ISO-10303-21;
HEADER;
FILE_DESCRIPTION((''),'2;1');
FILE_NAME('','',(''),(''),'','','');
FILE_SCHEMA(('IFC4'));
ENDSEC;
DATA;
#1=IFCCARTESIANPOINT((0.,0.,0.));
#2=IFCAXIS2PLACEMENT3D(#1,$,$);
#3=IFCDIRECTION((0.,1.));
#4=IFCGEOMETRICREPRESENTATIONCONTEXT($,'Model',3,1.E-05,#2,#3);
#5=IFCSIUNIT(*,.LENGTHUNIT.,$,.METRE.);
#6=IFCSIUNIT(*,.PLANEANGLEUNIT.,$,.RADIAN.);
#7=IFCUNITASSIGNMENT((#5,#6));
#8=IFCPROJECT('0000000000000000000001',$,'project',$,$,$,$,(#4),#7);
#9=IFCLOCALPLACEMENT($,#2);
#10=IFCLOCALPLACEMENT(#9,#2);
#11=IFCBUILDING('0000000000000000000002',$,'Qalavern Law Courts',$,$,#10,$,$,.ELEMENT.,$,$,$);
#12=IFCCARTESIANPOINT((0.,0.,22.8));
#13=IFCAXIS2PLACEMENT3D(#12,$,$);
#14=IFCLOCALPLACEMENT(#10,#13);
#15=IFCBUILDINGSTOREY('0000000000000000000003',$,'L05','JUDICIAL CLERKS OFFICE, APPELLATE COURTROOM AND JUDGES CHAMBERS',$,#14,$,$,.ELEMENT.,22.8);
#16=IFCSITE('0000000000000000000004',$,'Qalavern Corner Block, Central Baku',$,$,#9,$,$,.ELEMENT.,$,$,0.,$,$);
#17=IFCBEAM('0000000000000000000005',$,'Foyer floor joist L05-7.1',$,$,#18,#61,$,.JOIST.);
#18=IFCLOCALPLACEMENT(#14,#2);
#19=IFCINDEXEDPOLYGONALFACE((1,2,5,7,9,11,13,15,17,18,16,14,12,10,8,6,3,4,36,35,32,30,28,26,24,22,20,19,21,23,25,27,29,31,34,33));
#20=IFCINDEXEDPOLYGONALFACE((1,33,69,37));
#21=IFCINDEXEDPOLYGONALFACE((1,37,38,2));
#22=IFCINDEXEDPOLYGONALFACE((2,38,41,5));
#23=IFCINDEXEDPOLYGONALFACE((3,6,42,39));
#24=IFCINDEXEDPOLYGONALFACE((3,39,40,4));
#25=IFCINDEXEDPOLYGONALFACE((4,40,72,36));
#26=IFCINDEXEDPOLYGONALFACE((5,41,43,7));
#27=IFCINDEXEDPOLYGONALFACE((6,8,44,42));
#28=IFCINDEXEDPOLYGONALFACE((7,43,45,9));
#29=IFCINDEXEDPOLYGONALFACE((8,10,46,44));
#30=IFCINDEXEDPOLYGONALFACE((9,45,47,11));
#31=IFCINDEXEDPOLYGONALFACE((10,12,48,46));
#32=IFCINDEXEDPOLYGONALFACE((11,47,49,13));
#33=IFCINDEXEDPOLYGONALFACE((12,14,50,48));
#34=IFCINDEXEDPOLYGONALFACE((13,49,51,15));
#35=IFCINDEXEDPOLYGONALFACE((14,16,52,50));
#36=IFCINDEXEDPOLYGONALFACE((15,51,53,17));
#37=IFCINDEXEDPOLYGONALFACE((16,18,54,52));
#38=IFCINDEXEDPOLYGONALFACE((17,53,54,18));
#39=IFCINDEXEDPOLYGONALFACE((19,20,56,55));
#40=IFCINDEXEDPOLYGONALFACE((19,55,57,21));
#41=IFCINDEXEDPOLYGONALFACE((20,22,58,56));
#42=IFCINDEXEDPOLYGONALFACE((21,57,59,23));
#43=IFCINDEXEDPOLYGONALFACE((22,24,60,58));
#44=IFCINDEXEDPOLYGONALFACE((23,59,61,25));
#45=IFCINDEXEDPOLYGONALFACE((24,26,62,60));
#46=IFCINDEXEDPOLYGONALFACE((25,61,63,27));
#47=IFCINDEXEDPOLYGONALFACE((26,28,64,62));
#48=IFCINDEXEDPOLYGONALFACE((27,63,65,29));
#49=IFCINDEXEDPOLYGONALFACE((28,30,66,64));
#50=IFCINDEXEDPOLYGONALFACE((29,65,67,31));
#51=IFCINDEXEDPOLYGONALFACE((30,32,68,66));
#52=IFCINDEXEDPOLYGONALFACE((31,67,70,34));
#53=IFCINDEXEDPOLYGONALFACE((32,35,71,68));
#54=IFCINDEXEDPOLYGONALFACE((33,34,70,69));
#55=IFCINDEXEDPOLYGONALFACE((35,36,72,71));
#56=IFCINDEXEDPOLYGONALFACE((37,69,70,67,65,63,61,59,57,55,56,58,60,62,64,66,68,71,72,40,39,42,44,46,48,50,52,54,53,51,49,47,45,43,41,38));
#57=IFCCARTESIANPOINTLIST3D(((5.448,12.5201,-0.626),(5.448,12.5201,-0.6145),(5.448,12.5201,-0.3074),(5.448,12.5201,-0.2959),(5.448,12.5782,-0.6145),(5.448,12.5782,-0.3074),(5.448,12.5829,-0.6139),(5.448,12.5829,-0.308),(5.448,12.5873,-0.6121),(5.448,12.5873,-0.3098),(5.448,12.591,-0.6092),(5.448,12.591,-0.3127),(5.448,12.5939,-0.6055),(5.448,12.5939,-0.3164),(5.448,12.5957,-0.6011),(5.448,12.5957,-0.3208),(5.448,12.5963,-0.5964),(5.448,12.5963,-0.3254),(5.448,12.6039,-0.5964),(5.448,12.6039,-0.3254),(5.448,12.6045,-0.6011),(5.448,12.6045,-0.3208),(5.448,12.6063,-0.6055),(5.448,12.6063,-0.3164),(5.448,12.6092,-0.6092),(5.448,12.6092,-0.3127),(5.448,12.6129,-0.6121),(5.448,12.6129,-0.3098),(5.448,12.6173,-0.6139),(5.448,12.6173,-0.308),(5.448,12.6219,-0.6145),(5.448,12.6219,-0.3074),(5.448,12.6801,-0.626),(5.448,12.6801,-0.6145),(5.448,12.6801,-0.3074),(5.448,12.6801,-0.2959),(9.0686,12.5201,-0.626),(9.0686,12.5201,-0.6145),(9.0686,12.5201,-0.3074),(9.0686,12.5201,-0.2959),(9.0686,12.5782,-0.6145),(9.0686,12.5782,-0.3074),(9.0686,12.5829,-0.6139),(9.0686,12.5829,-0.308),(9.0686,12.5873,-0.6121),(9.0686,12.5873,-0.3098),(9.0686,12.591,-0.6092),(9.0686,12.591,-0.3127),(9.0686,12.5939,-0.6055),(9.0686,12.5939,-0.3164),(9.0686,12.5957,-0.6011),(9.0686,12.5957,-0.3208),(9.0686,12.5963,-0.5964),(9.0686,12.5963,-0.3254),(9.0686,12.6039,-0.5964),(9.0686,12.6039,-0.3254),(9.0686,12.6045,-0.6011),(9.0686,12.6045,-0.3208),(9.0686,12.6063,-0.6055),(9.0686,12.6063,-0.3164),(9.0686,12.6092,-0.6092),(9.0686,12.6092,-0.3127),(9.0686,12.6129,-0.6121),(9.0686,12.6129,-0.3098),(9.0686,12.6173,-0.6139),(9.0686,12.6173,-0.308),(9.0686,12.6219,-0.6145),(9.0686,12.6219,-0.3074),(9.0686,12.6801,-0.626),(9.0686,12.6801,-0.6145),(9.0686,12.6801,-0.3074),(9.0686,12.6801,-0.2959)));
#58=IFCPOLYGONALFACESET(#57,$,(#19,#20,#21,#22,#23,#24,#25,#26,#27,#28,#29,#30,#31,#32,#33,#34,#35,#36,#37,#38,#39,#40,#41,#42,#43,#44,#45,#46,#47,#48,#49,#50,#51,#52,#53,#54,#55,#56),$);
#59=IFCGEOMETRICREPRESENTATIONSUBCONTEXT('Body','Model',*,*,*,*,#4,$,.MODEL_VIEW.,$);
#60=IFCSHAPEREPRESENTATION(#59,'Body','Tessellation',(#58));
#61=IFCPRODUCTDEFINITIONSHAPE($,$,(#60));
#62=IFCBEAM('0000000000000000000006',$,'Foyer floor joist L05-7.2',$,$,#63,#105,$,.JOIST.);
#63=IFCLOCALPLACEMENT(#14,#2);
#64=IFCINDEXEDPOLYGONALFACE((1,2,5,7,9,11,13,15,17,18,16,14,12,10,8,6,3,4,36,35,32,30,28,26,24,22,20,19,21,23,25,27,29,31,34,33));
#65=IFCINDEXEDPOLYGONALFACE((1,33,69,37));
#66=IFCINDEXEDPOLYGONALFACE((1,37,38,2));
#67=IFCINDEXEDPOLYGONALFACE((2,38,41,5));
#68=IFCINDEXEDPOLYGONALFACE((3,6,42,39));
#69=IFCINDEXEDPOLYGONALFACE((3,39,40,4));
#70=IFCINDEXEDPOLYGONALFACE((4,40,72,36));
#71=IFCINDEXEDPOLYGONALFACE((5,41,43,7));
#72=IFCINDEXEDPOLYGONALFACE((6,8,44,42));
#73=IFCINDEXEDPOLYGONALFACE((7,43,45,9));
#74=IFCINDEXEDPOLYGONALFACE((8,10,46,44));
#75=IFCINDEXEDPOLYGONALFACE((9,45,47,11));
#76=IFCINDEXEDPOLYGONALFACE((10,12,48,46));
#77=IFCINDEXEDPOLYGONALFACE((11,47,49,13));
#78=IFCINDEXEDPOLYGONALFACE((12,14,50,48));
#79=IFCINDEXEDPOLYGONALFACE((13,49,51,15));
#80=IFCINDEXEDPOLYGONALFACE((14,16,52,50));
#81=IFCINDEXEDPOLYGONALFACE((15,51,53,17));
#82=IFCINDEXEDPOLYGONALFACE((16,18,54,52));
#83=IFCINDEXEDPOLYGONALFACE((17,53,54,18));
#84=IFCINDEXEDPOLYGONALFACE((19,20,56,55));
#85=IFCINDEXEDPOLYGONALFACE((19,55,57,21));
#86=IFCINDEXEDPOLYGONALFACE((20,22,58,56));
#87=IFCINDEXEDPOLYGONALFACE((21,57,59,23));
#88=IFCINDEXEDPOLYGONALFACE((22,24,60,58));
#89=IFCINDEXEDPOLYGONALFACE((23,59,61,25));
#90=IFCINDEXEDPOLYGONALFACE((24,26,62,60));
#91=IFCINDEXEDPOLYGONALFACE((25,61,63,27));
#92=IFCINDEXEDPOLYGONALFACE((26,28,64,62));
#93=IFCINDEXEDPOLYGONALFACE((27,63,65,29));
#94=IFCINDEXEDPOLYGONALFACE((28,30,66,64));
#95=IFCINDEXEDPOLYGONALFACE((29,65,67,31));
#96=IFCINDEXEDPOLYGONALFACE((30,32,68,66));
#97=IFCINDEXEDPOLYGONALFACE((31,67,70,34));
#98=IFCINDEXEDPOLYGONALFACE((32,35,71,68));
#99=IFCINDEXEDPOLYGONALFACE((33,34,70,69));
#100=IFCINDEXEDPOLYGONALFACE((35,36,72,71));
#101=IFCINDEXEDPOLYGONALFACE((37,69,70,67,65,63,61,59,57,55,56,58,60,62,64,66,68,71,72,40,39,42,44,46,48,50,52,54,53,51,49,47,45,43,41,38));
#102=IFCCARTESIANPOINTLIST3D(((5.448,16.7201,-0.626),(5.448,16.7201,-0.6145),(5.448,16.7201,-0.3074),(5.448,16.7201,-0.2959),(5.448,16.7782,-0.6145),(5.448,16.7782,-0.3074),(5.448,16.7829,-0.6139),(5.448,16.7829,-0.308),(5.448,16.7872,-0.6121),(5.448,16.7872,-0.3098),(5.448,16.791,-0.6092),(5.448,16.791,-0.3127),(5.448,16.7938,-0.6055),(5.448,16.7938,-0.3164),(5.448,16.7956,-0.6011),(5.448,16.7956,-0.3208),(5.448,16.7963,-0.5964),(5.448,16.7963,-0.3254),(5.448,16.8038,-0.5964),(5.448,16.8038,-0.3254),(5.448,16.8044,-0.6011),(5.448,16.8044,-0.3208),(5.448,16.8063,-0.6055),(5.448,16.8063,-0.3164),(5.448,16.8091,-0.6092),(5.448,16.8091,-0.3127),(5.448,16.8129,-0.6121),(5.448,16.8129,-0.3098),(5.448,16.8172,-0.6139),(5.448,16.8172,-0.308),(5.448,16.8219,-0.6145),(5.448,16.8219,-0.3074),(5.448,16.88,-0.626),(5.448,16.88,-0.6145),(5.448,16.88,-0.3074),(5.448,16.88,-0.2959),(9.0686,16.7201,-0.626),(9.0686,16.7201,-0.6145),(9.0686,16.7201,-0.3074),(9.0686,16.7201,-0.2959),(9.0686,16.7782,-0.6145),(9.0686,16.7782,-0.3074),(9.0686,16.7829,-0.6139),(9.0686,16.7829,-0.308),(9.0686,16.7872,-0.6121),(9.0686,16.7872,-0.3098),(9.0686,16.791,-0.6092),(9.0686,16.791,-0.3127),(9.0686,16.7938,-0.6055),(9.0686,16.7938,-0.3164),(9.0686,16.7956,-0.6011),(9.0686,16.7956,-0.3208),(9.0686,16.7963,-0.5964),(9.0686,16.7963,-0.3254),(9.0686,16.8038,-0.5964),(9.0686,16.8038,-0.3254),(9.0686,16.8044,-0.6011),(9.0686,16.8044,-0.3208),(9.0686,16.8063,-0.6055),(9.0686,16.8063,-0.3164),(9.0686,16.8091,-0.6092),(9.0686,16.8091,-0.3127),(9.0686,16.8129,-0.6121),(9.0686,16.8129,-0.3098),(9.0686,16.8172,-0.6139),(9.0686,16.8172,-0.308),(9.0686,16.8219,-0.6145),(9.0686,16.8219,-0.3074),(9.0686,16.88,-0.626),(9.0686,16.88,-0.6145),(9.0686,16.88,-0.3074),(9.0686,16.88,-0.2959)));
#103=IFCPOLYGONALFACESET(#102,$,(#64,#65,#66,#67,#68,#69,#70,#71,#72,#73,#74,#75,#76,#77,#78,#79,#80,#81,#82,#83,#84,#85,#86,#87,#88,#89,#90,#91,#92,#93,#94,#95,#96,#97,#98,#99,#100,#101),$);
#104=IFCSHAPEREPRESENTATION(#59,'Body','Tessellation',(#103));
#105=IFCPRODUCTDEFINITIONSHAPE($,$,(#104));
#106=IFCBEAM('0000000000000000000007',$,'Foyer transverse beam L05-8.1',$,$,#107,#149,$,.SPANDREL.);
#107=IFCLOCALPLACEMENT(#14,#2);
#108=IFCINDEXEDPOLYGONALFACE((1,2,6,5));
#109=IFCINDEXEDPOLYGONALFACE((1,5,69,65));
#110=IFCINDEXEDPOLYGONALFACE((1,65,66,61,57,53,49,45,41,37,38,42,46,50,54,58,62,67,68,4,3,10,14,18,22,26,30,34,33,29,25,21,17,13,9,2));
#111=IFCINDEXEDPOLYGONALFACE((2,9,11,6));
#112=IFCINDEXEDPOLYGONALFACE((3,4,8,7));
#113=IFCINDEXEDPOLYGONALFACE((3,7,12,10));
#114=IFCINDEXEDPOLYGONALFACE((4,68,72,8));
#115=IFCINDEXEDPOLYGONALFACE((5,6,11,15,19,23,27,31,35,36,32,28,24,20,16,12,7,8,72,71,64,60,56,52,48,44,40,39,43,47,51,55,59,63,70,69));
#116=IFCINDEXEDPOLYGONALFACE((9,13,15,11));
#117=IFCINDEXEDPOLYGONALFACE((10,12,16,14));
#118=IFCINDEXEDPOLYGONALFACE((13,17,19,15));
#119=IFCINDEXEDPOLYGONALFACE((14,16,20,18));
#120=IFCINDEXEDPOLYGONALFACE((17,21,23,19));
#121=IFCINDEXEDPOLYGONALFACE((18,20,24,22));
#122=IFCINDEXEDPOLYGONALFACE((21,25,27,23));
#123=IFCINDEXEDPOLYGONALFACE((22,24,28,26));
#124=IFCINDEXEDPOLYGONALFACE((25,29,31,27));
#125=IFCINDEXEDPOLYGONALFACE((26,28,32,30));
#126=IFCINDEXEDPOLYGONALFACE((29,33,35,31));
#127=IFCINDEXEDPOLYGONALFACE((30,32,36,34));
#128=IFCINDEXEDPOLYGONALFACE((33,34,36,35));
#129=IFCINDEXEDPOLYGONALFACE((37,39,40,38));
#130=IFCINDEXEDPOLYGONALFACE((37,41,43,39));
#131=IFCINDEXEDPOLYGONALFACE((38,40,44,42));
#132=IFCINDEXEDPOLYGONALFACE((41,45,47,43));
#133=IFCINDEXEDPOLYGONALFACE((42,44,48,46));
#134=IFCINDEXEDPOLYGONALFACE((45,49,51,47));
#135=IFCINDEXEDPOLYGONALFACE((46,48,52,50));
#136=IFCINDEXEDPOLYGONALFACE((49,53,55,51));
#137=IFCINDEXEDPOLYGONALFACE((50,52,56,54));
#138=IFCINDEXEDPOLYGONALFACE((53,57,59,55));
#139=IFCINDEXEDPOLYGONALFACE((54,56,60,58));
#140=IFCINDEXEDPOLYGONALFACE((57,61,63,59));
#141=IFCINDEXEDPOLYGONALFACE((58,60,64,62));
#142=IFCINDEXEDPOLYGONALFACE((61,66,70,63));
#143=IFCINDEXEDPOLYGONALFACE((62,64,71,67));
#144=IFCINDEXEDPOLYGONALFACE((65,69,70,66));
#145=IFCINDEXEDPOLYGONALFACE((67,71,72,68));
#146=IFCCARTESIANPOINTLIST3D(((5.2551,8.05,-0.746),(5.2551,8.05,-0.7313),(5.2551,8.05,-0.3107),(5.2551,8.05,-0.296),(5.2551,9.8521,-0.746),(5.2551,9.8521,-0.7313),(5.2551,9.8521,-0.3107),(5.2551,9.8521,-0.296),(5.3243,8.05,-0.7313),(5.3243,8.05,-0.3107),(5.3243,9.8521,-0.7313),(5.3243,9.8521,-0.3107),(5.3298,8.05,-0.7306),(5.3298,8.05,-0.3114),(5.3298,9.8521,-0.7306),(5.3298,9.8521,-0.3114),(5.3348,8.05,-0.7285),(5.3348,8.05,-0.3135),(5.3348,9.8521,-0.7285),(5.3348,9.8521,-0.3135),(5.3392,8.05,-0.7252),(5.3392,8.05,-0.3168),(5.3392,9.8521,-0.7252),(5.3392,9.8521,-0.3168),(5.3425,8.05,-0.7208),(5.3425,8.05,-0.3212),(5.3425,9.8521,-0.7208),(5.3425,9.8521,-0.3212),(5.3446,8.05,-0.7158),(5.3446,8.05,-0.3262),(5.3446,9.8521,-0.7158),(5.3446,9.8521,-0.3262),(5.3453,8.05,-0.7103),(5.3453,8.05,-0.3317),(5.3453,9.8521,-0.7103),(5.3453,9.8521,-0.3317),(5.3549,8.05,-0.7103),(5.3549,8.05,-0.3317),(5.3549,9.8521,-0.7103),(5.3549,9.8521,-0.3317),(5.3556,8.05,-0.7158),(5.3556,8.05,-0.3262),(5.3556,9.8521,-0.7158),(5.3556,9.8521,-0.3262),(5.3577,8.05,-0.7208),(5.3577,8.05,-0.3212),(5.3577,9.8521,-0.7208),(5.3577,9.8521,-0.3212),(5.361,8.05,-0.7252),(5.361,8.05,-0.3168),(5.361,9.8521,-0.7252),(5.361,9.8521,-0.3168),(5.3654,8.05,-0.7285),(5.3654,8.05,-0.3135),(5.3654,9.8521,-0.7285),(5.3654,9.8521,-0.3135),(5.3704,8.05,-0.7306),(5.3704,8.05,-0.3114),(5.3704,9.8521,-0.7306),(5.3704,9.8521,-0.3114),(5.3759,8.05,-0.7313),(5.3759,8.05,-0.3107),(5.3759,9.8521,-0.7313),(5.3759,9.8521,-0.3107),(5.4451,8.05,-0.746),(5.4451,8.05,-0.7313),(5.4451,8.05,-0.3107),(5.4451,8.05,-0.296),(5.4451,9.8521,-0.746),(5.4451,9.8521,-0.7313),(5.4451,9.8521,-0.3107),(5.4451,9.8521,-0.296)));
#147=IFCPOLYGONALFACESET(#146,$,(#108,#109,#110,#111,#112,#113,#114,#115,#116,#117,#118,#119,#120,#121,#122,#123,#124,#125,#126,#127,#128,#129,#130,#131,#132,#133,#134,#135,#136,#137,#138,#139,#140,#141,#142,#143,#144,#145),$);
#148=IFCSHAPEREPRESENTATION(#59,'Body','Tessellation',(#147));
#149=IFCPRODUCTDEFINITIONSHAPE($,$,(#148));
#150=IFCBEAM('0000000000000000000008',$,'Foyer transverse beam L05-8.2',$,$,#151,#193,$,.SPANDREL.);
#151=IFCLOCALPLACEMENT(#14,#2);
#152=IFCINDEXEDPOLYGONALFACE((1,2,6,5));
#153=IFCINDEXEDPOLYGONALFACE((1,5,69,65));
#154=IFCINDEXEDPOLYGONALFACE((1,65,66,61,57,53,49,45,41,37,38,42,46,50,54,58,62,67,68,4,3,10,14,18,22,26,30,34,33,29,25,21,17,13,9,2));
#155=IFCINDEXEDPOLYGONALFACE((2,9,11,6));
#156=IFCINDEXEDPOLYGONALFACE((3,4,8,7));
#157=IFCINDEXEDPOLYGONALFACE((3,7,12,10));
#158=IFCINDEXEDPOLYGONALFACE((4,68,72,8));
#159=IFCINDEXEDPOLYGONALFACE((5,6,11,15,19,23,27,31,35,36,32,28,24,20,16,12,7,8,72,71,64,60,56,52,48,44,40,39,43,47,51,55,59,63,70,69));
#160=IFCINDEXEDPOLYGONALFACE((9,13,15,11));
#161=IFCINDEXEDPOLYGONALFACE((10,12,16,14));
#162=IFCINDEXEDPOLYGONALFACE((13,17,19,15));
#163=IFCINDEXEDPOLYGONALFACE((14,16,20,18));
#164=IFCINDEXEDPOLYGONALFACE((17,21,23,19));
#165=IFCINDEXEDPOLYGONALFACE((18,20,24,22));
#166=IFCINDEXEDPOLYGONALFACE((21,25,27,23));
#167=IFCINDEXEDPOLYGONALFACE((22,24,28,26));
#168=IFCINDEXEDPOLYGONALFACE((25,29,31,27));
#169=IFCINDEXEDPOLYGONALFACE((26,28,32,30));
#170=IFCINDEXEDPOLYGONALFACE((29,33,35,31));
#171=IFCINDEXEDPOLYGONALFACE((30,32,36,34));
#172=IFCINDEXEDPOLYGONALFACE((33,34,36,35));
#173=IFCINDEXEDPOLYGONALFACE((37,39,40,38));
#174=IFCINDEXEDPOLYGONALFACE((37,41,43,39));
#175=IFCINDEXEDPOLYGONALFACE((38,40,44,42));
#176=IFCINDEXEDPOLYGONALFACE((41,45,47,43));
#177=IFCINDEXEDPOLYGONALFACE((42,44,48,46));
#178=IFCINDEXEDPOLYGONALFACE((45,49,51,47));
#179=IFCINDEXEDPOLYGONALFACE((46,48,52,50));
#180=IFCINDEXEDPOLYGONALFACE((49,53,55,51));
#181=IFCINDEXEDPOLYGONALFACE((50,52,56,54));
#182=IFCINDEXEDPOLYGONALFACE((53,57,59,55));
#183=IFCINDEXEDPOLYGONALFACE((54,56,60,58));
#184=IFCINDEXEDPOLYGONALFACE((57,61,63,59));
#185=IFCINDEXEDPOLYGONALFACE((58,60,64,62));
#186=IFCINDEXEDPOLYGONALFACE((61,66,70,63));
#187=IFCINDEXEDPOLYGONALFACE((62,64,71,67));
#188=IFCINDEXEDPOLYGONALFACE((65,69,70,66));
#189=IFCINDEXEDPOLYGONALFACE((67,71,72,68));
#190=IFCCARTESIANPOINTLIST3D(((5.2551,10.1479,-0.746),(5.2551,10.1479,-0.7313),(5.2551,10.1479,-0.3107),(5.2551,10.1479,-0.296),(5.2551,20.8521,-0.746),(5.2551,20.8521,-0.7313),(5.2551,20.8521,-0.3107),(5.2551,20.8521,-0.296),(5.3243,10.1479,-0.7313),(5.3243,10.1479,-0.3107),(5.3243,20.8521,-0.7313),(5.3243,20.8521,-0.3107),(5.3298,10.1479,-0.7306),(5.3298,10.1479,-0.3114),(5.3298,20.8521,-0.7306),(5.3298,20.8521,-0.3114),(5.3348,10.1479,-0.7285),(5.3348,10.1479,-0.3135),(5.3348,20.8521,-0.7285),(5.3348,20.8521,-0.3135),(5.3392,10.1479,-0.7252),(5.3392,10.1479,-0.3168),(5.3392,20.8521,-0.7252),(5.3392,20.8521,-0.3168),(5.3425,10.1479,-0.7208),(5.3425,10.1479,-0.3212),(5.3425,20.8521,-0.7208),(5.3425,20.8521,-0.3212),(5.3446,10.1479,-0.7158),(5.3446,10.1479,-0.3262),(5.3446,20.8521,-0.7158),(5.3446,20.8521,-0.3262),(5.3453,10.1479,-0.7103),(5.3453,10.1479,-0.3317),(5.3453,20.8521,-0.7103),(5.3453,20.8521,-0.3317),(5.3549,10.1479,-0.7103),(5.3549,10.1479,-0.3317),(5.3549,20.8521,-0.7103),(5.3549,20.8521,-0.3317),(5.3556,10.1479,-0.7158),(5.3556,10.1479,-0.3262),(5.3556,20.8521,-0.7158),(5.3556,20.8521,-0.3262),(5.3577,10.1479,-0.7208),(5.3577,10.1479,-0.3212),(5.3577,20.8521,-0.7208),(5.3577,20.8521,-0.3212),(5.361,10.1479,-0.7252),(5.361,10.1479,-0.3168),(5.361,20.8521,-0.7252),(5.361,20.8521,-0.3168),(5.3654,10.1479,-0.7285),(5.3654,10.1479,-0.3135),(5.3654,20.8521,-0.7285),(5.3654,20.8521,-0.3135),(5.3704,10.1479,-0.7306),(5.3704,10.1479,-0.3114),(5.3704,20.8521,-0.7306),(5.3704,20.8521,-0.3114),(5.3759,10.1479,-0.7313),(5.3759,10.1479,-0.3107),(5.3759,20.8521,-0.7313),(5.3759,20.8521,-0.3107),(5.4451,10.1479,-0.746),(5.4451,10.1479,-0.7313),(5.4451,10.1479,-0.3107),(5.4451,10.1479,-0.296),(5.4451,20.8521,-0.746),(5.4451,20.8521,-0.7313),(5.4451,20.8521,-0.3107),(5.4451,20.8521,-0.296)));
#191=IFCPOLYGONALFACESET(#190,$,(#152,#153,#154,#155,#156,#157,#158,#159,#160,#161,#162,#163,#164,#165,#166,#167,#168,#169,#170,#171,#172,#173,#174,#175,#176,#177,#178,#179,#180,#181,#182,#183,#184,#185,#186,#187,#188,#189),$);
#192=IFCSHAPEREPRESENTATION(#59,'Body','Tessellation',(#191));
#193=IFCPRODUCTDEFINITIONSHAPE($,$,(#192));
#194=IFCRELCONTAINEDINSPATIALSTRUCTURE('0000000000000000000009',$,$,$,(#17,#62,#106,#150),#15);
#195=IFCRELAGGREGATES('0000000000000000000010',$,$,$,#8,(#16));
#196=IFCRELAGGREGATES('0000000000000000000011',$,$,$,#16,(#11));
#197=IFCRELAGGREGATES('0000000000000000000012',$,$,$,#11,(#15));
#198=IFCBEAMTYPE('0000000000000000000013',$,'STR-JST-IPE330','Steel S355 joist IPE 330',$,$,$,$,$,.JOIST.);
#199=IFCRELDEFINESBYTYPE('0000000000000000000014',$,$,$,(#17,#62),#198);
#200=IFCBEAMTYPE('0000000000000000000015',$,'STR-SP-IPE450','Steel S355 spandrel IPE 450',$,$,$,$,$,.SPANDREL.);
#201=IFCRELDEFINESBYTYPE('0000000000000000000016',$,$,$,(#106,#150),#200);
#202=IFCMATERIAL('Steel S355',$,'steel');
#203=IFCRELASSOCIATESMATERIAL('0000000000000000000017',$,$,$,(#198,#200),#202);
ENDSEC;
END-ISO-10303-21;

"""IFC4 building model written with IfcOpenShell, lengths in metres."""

from ifc_helpers import new_model, si_unit, direction, frame, origin, origin_2d, place, context, subcontext, project, spatial, i_section, extrude, material, material_profile, profile_set, type_object, element, save


model = new_model("IFC4")

# Units and contexts
model_context = context("Model", 3, precision=1e-05, world=origin(), true_north=direction((0.0, 1.0)))
body_context = subcontext(model_context, "Body", "Model", "MODEL_VIEW")
ifc_project = project(units=[si_unit("LENGTHUNIT", "METRE"), si_unit("PLANEANGLEUNIT", "RADIAN")], contexts=[model_context])

# Site, building, storey
site_placement = place(None, origin())
site = spatial("IfcSite", under=ifc_project, at=site_placement, Name="Qalavern Corner Block, Central Baku", CompositionType="ELEMENT", RefElevation=0.0)
building_placement = place(site_placement, origin())
building = spatial("IfcBuilding", under=site, at=building_placement, Name="Qalavern Law Courts", CompositionType="ELEMENT")
storey_placement = place(building_placement, frame((0.0, 0.0, 22.8)))
storey = spatial("IfcBuildingStorey", under=building, at=storey_placement, Name="L05", Description="JUDICIAL CLERKS OFFICE, APPELLATE COURTROOM AND JUDGES CHAMBERS", CompositionType="ELEMENT", Elevation=22.8)

# Beams
ifc_material_1 = material(Name="Steel S355", Category="steel")
ifc_material_profile_1 = material_profile(ifc_material_1, i_section(OverallWidth=0.1599, OverallDepth=0.3301, WebThickness=0.0076, FlangeThickness=0.0115, FilletRadius=0.0181, at=origin_2d()), Name="IPE 330")
ifc_profile_set_1 = profile_set([ifc_material_profile_1], Name="Steel S355")
beam_type_1 = type_object("IfcBeamType", Name="STR-JST-IPE330", Description="Steel S355 joist IPE 330", PredefinedType="JOIST", material=ifc_profile_set_1)
for number, where, z_axis, x_axis, name in (
    (1, (5.448, 12.6001, -0.4609), (1.0, 0.0, 0.0), (0.0, 1.0, 0.0), "Foyer floor joist L05-7.1"),
    (2, (5.448, 16.8, -0.4609), (1.0, 0.0, 0.0), (0.0, 1.0, 0.0), "Foyer floor joist L05-7.2"),
):
    element("IfcBeam", number, at=place(storey_placement, frame(where, z_axis=z_axis, x_axis=x_axis)), inside=storey, type_object=beam_type_1, Name=name, PredefinedType="JOIST", context=body_context, shape_type="SweptSolid", body=[
        extrude(i_section(OverallWidth=0.1599, OverallDepth=0.3301, WebThickness=0.0076, FlangeThickness=0.0115, FilletRadius=0.0181, at=origin_2d()), origin(), (0.0, 0.0, 1.0), 3.6206),
    ])
ifc_material_profile_2 = material_profile(ifc_material_1, i_section(OverallWidth=0.1899, OverallDepth=0.45, WebThickness=0.0095, FlangeThickness=0.0146, FilletRadius=0.021, at=origin_2d()), Name="IPE 450")
ifc_profile_set_2 = profile_set([ifc_material_profile_2], Name="Steel S355")
beam_type_2 = type_object("IfcBeamType", Name="STR-SP-IPE450", Description="Steel S355 spandrel IPE 450", PredefinedType="SPANDREL", material=ifc_profile_set_2)
beam_1_placement = place(storey_placement, frame((5.3501, 8.05, -0.521), z_axis=(0.0, 1.0, 0.0), x_axis=(-1.0, 0.0, 0.0)))
element("IfcBeam", 3, at=beam_1_placement, inside=storey, type_object=beam_type_2, Name="Foyer transverse beam L05-8.1", PredefinedType="SPANDREL", context=body_context, shape_type="SweptSolid", body=[
    extrude(i_section(OverallWidth=0.1899, OverallDepth=0.45, WebThickness=0.0095, FlangeThickness=0.0146, FilletRadius=0.021, at=origin_2d()), origin(), (0.0, 0.0, 1.0), 1.802),
])
beam_2_placement = place(storey_placement, frame((5.3501, 10.1479, -0.521), z_axis=(0.0, 1.0, 0.0), x_axis=(-1.0, 0.0, 0.0)))
element("IfcBeam", 4, at=beam_2_placement, inside=storey, type_object=beam_type_2, Name="Foyer transverse beam L05-8.2", PredefinedType="SPANDREL", context=body_context, shape_type="SweptSolid", body=[
    extrude(i_section(OverallWidth=0.1899, OverallDepth=0.45, WebThickness=0.0095, FlangeThickness=0.0146, FilletRadius=0.021, at=origin_2d()), origin(), (0.0, 0.0, 1.0), 10.7041),
])

save(model, "model.ifc")
